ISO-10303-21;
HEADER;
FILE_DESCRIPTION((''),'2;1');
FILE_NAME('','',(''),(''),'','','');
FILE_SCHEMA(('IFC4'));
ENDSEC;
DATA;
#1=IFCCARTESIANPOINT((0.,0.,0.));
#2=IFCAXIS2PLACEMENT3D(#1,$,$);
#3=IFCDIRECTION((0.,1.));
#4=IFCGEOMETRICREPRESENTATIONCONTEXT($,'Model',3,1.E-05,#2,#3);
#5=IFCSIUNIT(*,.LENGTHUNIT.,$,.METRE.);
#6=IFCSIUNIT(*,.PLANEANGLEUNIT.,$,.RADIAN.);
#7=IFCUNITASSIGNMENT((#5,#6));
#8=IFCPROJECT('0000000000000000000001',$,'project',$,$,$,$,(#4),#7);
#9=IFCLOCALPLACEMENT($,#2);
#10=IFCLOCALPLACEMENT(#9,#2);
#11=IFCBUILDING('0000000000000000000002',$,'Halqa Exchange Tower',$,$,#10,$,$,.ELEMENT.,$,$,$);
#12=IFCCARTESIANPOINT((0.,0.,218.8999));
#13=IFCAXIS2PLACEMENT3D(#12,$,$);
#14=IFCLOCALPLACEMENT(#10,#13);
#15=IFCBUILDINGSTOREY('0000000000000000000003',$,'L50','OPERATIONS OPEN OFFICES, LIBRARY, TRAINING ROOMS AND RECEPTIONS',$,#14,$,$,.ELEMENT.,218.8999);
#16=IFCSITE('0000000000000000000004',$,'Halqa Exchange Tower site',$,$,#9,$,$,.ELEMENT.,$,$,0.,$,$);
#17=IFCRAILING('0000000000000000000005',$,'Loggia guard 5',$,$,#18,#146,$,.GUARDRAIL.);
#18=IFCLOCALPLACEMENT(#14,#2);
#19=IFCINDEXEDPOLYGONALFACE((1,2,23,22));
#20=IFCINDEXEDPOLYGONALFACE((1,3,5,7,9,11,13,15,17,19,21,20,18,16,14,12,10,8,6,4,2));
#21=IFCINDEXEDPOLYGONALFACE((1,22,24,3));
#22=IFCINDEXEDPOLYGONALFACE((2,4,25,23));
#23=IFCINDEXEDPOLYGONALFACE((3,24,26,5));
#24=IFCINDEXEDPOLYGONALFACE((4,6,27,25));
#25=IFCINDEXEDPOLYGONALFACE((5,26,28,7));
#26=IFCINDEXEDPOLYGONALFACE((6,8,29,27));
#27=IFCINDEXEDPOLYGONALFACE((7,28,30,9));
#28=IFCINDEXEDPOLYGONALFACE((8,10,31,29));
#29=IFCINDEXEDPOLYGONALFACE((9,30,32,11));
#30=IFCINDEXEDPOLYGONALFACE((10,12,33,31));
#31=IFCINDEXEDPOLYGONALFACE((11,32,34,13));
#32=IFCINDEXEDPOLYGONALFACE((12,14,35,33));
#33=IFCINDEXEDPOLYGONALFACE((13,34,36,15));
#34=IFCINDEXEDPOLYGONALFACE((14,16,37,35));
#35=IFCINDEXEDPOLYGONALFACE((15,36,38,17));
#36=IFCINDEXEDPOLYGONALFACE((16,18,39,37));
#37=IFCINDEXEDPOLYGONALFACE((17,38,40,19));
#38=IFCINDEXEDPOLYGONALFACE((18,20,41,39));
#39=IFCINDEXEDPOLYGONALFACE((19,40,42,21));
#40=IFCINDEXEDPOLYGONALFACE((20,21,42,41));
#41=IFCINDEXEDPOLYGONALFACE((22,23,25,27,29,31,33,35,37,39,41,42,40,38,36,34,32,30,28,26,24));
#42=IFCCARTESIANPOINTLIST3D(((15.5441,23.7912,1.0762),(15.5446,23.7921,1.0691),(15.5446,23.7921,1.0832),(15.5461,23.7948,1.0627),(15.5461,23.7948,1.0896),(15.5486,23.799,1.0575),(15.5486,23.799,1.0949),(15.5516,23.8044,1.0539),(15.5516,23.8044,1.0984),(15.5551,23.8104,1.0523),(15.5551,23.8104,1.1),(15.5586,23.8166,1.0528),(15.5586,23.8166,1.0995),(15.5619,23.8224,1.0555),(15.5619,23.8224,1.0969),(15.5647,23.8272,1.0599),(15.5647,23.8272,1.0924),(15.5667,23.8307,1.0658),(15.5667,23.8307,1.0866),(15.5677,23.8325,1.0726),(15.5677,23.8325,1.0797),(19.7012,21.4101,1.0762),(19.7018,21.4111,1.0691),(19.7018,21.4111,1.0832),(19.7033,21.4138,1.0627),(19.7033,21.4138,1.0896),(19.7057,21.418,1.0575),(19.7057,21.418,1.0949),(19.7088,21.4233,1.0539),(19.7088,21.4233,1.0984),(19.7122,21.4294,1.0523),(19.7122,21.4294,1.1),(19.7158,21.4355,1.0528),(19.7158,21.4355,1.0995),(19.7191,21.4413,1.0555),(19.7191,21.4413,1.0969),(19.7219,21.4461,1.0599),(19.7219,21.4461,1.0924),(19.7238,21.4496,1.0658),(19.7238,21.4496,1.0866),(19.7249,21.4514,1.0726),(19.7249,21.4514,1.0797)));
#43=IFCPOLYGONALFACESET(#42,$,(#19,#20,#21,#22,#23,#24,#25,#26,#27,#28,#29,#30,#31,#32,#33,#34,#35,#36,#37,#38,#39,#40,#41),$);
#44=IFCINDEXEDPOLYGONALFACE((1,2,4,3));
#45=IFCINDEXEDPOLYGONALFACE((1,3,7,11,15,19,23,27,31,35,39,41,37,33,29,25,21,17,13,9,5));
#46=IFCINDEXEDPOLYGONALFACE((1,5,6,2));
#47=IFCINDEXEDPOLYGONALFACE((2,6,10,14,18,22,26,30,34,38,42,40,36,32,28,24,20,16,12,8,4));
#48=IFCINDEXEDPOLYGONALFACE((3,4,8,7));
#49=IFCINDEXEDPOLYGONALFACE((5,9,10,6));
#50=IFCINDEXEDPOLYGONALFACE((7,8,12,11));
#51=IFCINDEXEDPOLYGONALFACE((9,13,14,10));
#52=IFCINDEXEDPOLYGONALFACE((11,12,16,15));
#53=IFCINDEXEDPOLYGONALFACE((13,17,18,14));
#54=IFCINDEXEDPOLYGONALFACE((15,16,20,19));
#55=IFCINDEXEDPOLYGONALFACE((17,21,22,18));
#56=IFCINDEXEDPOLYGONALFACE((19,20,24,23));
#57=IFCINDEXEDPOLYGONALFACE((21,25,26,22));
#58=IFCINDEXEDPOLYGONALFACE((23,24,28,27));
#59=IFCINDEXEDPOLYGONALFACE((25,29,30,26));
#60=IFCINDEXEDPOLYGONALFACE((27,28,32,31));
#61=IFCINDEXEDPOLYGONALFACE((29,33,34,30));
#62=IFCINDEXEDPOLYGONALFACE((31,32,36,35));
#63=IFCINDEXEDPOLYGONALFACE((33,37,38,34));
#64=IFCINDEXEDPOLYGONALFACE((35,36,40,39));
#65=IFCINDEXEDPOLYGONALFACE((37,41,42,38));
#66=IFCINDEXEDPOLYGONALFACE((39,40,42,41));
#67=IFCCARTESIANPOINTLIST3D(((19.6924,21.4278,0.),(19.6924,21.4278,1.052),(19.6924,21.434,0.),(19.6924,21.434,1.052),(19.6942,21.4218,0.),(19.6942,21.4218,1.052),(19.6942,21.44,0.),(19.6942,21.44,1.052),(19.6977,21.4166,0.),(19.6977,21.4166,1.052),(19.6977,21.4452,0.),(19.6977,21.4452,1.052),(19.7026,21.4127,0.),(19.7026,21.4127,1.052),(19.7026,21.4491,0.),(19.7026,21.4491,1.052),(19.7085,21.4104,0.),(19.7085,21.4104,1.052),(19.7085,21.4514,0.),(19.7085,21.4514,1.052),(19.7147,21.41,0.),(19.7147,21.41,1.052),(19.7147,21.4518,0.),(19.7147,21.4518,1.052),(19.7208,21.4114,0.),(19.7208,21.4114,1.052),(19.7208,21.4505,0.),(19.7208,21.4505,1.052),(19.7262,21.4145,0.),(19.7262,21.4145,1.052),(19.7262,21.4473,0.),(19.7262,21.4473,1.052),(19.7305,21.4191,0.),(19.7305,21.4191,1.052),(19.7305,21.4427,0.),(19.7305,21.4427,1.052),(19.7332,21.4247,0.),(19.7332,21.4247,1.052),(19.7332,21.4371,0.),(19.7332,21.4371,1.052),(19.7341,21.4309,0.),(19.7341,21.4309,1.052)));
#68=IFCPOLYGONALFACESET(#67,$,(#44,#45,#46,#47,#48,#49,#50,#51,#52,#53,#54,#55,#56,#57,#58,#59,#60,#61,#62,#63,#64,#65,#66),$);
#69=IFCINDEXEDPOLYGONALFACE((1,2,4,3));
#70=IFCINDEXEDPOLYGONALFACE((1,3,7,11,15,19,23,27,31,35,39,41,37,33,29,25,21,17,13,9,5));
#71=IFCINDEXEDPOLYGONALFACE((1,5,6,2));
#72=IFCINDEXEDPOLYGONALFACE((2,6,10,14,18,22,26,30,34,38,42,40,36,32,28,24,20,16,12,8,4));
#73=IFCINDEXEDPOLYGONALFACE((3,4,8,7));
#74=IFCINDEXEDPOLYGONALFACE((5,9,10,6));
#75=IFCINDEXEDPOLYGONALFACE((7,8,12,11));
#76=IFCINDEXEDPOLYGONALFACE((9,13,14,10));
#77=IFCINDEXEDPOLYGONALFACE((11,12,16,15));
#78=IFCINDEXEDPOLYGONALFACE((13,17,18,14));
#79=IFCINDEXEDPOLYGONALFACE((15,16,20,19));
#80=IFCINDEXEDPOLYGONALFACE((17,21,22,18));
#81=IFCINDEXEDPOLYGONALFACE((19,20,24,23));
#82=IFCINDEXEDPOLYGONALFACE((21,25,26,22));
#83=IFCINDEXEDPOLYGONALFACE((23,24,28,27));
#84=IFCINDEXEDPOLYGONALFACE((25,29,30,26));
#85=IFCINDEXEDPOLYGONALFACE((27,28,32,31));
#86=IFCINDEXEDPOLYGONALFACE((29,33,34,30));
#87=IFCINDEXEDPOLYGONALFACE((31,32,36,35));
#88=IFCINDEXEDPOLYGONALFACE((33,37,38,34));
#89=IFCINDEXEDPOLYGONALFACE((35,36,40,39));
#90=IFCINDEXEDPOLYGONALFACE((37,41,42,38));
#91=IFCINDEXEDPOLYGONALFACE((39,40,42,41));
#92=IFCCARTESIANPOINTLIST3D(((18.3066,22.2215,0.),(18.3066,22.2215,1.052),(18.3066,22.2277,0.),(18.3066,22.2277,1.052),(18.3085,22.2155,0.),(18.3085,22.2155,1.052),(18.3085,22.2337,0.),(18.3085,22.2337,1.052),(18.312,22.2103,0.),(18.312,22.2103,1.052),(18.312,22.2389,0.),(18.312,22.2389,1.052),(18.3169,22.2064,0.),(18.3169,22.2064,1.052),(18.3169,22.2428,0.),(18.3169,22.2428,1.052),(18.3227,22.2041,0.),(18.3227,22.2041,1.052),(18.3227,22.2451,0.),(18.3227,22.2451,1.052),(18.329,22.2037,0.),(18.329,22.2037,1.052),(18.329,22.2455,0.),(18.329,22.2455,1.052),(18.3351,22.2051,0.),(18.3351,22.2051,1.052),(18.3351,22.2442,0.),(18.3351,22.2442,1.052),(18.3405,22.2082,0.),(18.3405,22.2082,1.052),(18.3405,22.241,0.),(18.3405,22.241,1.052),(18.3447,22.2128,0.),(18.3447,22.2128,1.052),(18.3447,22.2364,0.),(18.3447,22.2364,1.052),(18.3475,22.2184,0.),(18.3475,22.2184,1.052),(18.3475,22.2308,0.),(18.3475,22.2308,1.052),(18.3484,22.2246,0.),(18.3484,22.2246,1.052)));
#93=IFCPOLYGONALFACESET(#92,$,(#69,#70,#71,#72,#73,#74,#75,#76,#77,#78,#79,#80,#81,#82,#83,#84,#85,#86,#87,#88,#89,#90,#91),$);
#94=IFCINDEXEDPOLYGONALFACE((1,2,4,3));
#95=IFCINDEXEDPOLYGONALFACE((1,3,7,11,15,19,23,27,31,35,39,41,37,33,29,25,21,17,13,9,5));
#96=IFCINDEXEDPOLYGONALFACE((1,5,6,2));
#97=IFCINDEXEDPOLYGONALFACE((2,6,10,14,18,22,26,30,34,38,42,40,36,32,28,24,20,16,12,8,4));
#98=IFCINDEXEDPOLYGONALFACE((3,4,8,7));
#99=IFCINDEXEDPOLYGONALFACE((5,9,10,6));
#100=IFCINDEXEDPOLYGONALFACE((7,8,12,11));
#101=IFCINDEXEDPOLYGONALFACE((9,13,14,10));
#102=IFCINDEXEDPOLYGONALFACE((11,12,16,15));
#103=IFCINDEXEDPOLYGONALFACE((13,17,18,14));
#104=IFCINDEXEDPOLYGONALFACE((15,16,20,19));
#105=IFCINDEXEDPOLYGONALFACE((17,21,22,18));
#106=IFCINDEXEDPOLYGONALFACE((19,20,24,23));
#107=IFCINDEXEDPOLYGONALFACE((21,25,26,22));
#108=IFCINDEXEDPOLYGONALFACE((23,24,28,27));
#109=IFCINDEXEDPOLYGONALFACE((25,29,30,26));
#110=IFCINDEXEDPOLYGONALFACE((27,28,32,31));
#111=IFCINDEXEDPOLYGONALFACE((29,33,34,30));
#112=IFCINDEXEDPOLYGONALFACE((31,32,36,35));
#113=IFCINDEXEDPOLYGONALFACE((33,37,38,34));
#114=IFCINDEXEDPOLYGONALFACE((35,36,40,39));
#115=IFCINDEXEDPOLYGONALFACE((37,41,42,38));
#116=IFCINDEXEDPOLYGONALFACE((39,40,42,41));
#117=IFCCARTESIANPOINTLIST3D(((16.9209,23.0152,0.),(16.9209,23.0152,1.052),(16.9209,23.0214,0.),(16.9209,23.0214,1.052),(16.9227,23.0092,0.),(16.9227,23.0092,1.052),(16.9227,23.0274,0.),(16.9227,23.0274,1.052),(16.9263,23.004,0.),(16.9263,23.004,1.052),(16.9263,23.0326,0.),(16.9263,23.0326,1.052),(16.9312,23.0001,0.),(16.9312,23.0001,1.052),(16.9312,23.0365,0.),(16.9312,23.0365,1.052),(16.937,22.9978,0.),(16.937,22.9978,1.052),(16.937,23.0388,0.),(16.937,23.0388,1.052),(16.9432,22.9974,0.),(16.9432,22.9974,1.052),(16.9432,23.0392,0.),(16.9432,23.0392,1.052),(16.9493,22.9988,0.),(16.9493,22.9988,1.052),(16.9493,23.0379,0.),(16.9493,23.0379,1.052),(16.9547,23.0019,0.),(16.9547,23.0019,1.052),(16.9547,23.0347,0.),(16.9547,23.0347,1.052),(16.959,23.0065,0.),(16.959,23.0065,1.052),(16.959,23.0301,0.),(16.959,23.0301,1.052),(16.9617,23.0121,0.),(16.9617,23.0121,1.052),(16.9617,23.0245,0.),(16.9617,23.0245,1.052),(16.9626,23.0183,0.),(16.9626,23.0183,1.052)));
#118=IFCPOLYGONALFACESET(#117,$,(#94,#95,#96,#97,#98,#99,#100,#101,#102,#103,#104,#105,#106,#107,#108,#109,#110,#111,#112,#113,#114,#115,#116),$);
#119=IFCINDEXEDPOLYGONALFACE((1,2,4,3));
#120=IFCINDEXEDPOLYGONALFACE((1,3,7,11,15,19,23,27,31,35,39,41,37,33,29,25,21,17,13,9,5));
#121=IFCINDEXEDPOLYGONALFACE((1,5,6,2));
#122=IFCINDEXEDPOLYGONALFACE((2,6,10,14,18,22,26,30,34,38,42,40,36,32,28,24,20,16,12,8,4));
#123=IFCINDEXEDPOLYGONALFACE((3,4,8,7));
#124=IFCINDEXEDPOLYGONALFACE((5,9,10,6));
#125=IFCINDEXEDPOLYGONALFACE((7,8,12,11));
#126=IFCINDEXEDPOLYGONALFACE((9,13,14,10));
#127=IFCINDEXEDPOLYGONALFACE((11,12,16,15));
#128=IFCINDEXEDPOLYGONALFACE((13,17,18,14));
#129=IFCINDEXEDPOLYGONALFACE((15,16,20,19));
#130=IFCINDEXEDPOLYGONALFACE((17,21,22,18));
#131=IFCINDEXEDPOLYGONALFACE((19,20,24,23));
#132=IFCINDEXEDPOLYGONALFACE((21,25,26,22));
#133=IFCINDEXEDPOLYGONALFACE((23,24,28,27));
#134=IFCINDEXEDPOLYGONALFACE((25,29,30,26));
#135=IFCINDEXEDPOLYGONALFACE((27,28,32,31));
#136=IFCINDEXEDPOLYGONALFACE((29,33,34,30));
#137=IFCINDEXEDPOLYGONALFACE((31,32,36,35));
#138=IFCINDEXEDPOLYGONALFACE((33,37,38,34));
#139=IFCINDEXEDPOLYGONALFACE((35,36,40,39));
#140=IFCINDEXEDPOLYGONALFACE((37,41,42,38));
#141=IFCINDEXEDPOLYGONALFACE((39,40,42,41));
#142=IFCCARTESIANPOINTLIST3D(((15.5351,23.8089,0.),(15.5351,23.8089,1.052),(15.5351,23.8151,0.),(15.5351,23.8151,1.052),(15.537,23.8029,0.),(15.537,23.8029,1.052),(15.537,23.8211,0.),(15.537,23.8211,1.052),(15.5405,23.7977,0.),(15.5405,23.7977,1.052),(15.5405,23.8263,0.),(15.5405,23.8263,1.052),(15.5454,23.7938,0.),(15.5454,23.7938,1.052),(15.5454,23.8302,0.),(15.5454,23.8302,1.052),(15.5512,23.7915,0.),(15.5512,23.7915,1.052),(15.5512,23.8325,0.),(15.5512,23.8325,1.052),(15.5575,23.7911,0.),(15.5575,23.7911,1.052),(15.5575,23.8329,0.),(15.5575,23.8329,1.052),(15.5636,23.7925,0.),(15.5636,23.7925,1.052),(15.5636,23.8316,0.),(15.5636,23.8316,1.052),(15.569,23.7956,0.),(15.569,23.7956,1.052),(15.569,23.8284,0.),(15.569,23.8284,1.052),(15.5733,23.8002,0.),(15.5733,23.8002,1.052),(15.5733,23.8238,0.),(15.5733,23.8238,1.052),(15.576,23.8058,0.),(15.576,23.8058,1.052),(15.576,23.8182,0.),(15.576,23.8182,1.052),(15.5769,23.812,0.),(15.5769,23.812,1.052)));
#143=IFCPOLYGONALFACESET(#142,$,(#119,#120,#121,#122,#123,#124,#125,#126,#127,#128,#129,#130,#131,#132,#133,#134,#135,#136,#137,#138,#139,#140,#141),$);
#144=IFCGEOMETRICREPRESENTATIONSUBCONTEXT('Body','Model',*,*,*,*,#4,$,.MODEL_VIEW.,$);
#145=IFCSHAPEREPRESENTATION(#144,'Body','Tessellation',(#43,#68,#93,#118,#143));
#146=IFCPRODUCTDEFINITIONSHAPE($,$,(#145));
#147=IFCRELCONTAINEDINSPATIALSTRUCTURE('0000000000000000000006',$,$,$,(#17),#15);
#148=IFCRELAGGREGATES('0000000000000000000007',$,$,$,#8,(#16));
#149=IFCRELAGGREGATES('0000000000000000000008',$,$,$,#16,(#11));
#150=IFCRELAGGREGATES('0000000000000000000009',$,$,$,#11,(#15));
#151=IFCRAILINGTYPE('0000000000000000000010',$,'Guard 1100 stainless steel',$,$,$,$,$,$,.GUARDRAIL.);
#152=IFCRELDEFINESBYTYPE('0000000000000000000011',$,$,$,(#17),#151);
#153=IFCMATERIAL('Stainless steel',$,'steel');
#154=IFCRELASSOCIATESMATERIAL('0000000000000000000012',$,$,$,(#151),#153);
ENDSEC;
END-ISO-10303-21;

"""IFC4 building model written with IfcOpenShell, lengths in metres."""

from ifc_helpers import new_model, si_unit, direction, frame, origin, origin_2d, place, context, subcontext, project, spatial, circle, extrude, material, type_object, element, save


model = new_model("IFC4")

# Units and contexts
model_context = context("Model", 3, precision=1e-05, world=origin(), true_north=direction((0.0, 1.0)))
body_context = subcontext(model_context, "Body", "Model", "MODEL_VIEW")
ifc_project = project(units=[si_unit("LENGTHUNIT", "METRE"), si_unit("PLANEANGLEUNIT", "RADIAN")], contexts=[model_context])

# Site, building, storey
site_placement = place(None, origin())
site = spatial("IfcSite", under=ifc_project, at=site_placement, Name="Halqa Exchange Tower site", CompositionType="ELEMENT", RefElevation=0.0)
building_placement = place(site_placement, origin())
building = spatial("IfcBuilding", under=site, at=building_placement, Name="Halqa Exchange Tower", CompositionType="ELEMENT")
storey_placement = place(building_placement, frame((0.0, 0.0, 218.8999)))
storey = spatial("IfcBuildingStorey", under=building, at=storey_placement, Name="L50", Description="OPERATIONS OPEN OFFICES, LIBRARY, TRAINING ROOMS AND RECEPTIONS", CompositionType="ELEMENT", Elevation=218.8999)

# Railing
ifc_material_1 = material(Name="Stainless steel", Category="steel")
railing_type = type_object("IfcRailingType", Name="Guard 1100 stainless steel", PredefinedType="GUARDRAIL", material=ifc_material_1)
railing_1_placement = place(storey_placement, frame((19.7131, 21.4309, 0.0)))
element("IfcRailing", 1, at=railing_1_placement, inside=storey, type_object=railing_type, Name="Loggia guard 5", PredefinedType="GUARDRAIL", context=body_context, shape_type="SweptSolid", body=[
    extrude(circle(Radius=0.0239, at=origin_2d()), frame((0.0, 0.0, 1.0762), z_axis=(-0.867744, 0.497011, 0.0), x_axis=(-0.497011, -0.867744, 0.0)), (0.0, 0.0, 1.0), 4.7908),
    extrude(circle(Radius=0.021, at=origin_2d()), origin(), (0.0, 0.0, 1.0), 1.052),
    extrude(circle(Radius=0.021, at=origin_2d()), frame((-1.3857, 0.7937, 0.0)), (0.0, 0.0, 1.0), 1.052),
    extrude(circle(Radius=0.021, at=origin_2d()), frame((-2.7715, 1.5874, 0.0)), (0.0, 0.0, 1.0), 1.052),
    extrude(circle(Radius=0.021, at=origin_2d()), frame((-4.1572, 2.3811, 0.0)), (0.0, 0.0, 1.0), 1.052),
])

save(model, "model.ifc")
